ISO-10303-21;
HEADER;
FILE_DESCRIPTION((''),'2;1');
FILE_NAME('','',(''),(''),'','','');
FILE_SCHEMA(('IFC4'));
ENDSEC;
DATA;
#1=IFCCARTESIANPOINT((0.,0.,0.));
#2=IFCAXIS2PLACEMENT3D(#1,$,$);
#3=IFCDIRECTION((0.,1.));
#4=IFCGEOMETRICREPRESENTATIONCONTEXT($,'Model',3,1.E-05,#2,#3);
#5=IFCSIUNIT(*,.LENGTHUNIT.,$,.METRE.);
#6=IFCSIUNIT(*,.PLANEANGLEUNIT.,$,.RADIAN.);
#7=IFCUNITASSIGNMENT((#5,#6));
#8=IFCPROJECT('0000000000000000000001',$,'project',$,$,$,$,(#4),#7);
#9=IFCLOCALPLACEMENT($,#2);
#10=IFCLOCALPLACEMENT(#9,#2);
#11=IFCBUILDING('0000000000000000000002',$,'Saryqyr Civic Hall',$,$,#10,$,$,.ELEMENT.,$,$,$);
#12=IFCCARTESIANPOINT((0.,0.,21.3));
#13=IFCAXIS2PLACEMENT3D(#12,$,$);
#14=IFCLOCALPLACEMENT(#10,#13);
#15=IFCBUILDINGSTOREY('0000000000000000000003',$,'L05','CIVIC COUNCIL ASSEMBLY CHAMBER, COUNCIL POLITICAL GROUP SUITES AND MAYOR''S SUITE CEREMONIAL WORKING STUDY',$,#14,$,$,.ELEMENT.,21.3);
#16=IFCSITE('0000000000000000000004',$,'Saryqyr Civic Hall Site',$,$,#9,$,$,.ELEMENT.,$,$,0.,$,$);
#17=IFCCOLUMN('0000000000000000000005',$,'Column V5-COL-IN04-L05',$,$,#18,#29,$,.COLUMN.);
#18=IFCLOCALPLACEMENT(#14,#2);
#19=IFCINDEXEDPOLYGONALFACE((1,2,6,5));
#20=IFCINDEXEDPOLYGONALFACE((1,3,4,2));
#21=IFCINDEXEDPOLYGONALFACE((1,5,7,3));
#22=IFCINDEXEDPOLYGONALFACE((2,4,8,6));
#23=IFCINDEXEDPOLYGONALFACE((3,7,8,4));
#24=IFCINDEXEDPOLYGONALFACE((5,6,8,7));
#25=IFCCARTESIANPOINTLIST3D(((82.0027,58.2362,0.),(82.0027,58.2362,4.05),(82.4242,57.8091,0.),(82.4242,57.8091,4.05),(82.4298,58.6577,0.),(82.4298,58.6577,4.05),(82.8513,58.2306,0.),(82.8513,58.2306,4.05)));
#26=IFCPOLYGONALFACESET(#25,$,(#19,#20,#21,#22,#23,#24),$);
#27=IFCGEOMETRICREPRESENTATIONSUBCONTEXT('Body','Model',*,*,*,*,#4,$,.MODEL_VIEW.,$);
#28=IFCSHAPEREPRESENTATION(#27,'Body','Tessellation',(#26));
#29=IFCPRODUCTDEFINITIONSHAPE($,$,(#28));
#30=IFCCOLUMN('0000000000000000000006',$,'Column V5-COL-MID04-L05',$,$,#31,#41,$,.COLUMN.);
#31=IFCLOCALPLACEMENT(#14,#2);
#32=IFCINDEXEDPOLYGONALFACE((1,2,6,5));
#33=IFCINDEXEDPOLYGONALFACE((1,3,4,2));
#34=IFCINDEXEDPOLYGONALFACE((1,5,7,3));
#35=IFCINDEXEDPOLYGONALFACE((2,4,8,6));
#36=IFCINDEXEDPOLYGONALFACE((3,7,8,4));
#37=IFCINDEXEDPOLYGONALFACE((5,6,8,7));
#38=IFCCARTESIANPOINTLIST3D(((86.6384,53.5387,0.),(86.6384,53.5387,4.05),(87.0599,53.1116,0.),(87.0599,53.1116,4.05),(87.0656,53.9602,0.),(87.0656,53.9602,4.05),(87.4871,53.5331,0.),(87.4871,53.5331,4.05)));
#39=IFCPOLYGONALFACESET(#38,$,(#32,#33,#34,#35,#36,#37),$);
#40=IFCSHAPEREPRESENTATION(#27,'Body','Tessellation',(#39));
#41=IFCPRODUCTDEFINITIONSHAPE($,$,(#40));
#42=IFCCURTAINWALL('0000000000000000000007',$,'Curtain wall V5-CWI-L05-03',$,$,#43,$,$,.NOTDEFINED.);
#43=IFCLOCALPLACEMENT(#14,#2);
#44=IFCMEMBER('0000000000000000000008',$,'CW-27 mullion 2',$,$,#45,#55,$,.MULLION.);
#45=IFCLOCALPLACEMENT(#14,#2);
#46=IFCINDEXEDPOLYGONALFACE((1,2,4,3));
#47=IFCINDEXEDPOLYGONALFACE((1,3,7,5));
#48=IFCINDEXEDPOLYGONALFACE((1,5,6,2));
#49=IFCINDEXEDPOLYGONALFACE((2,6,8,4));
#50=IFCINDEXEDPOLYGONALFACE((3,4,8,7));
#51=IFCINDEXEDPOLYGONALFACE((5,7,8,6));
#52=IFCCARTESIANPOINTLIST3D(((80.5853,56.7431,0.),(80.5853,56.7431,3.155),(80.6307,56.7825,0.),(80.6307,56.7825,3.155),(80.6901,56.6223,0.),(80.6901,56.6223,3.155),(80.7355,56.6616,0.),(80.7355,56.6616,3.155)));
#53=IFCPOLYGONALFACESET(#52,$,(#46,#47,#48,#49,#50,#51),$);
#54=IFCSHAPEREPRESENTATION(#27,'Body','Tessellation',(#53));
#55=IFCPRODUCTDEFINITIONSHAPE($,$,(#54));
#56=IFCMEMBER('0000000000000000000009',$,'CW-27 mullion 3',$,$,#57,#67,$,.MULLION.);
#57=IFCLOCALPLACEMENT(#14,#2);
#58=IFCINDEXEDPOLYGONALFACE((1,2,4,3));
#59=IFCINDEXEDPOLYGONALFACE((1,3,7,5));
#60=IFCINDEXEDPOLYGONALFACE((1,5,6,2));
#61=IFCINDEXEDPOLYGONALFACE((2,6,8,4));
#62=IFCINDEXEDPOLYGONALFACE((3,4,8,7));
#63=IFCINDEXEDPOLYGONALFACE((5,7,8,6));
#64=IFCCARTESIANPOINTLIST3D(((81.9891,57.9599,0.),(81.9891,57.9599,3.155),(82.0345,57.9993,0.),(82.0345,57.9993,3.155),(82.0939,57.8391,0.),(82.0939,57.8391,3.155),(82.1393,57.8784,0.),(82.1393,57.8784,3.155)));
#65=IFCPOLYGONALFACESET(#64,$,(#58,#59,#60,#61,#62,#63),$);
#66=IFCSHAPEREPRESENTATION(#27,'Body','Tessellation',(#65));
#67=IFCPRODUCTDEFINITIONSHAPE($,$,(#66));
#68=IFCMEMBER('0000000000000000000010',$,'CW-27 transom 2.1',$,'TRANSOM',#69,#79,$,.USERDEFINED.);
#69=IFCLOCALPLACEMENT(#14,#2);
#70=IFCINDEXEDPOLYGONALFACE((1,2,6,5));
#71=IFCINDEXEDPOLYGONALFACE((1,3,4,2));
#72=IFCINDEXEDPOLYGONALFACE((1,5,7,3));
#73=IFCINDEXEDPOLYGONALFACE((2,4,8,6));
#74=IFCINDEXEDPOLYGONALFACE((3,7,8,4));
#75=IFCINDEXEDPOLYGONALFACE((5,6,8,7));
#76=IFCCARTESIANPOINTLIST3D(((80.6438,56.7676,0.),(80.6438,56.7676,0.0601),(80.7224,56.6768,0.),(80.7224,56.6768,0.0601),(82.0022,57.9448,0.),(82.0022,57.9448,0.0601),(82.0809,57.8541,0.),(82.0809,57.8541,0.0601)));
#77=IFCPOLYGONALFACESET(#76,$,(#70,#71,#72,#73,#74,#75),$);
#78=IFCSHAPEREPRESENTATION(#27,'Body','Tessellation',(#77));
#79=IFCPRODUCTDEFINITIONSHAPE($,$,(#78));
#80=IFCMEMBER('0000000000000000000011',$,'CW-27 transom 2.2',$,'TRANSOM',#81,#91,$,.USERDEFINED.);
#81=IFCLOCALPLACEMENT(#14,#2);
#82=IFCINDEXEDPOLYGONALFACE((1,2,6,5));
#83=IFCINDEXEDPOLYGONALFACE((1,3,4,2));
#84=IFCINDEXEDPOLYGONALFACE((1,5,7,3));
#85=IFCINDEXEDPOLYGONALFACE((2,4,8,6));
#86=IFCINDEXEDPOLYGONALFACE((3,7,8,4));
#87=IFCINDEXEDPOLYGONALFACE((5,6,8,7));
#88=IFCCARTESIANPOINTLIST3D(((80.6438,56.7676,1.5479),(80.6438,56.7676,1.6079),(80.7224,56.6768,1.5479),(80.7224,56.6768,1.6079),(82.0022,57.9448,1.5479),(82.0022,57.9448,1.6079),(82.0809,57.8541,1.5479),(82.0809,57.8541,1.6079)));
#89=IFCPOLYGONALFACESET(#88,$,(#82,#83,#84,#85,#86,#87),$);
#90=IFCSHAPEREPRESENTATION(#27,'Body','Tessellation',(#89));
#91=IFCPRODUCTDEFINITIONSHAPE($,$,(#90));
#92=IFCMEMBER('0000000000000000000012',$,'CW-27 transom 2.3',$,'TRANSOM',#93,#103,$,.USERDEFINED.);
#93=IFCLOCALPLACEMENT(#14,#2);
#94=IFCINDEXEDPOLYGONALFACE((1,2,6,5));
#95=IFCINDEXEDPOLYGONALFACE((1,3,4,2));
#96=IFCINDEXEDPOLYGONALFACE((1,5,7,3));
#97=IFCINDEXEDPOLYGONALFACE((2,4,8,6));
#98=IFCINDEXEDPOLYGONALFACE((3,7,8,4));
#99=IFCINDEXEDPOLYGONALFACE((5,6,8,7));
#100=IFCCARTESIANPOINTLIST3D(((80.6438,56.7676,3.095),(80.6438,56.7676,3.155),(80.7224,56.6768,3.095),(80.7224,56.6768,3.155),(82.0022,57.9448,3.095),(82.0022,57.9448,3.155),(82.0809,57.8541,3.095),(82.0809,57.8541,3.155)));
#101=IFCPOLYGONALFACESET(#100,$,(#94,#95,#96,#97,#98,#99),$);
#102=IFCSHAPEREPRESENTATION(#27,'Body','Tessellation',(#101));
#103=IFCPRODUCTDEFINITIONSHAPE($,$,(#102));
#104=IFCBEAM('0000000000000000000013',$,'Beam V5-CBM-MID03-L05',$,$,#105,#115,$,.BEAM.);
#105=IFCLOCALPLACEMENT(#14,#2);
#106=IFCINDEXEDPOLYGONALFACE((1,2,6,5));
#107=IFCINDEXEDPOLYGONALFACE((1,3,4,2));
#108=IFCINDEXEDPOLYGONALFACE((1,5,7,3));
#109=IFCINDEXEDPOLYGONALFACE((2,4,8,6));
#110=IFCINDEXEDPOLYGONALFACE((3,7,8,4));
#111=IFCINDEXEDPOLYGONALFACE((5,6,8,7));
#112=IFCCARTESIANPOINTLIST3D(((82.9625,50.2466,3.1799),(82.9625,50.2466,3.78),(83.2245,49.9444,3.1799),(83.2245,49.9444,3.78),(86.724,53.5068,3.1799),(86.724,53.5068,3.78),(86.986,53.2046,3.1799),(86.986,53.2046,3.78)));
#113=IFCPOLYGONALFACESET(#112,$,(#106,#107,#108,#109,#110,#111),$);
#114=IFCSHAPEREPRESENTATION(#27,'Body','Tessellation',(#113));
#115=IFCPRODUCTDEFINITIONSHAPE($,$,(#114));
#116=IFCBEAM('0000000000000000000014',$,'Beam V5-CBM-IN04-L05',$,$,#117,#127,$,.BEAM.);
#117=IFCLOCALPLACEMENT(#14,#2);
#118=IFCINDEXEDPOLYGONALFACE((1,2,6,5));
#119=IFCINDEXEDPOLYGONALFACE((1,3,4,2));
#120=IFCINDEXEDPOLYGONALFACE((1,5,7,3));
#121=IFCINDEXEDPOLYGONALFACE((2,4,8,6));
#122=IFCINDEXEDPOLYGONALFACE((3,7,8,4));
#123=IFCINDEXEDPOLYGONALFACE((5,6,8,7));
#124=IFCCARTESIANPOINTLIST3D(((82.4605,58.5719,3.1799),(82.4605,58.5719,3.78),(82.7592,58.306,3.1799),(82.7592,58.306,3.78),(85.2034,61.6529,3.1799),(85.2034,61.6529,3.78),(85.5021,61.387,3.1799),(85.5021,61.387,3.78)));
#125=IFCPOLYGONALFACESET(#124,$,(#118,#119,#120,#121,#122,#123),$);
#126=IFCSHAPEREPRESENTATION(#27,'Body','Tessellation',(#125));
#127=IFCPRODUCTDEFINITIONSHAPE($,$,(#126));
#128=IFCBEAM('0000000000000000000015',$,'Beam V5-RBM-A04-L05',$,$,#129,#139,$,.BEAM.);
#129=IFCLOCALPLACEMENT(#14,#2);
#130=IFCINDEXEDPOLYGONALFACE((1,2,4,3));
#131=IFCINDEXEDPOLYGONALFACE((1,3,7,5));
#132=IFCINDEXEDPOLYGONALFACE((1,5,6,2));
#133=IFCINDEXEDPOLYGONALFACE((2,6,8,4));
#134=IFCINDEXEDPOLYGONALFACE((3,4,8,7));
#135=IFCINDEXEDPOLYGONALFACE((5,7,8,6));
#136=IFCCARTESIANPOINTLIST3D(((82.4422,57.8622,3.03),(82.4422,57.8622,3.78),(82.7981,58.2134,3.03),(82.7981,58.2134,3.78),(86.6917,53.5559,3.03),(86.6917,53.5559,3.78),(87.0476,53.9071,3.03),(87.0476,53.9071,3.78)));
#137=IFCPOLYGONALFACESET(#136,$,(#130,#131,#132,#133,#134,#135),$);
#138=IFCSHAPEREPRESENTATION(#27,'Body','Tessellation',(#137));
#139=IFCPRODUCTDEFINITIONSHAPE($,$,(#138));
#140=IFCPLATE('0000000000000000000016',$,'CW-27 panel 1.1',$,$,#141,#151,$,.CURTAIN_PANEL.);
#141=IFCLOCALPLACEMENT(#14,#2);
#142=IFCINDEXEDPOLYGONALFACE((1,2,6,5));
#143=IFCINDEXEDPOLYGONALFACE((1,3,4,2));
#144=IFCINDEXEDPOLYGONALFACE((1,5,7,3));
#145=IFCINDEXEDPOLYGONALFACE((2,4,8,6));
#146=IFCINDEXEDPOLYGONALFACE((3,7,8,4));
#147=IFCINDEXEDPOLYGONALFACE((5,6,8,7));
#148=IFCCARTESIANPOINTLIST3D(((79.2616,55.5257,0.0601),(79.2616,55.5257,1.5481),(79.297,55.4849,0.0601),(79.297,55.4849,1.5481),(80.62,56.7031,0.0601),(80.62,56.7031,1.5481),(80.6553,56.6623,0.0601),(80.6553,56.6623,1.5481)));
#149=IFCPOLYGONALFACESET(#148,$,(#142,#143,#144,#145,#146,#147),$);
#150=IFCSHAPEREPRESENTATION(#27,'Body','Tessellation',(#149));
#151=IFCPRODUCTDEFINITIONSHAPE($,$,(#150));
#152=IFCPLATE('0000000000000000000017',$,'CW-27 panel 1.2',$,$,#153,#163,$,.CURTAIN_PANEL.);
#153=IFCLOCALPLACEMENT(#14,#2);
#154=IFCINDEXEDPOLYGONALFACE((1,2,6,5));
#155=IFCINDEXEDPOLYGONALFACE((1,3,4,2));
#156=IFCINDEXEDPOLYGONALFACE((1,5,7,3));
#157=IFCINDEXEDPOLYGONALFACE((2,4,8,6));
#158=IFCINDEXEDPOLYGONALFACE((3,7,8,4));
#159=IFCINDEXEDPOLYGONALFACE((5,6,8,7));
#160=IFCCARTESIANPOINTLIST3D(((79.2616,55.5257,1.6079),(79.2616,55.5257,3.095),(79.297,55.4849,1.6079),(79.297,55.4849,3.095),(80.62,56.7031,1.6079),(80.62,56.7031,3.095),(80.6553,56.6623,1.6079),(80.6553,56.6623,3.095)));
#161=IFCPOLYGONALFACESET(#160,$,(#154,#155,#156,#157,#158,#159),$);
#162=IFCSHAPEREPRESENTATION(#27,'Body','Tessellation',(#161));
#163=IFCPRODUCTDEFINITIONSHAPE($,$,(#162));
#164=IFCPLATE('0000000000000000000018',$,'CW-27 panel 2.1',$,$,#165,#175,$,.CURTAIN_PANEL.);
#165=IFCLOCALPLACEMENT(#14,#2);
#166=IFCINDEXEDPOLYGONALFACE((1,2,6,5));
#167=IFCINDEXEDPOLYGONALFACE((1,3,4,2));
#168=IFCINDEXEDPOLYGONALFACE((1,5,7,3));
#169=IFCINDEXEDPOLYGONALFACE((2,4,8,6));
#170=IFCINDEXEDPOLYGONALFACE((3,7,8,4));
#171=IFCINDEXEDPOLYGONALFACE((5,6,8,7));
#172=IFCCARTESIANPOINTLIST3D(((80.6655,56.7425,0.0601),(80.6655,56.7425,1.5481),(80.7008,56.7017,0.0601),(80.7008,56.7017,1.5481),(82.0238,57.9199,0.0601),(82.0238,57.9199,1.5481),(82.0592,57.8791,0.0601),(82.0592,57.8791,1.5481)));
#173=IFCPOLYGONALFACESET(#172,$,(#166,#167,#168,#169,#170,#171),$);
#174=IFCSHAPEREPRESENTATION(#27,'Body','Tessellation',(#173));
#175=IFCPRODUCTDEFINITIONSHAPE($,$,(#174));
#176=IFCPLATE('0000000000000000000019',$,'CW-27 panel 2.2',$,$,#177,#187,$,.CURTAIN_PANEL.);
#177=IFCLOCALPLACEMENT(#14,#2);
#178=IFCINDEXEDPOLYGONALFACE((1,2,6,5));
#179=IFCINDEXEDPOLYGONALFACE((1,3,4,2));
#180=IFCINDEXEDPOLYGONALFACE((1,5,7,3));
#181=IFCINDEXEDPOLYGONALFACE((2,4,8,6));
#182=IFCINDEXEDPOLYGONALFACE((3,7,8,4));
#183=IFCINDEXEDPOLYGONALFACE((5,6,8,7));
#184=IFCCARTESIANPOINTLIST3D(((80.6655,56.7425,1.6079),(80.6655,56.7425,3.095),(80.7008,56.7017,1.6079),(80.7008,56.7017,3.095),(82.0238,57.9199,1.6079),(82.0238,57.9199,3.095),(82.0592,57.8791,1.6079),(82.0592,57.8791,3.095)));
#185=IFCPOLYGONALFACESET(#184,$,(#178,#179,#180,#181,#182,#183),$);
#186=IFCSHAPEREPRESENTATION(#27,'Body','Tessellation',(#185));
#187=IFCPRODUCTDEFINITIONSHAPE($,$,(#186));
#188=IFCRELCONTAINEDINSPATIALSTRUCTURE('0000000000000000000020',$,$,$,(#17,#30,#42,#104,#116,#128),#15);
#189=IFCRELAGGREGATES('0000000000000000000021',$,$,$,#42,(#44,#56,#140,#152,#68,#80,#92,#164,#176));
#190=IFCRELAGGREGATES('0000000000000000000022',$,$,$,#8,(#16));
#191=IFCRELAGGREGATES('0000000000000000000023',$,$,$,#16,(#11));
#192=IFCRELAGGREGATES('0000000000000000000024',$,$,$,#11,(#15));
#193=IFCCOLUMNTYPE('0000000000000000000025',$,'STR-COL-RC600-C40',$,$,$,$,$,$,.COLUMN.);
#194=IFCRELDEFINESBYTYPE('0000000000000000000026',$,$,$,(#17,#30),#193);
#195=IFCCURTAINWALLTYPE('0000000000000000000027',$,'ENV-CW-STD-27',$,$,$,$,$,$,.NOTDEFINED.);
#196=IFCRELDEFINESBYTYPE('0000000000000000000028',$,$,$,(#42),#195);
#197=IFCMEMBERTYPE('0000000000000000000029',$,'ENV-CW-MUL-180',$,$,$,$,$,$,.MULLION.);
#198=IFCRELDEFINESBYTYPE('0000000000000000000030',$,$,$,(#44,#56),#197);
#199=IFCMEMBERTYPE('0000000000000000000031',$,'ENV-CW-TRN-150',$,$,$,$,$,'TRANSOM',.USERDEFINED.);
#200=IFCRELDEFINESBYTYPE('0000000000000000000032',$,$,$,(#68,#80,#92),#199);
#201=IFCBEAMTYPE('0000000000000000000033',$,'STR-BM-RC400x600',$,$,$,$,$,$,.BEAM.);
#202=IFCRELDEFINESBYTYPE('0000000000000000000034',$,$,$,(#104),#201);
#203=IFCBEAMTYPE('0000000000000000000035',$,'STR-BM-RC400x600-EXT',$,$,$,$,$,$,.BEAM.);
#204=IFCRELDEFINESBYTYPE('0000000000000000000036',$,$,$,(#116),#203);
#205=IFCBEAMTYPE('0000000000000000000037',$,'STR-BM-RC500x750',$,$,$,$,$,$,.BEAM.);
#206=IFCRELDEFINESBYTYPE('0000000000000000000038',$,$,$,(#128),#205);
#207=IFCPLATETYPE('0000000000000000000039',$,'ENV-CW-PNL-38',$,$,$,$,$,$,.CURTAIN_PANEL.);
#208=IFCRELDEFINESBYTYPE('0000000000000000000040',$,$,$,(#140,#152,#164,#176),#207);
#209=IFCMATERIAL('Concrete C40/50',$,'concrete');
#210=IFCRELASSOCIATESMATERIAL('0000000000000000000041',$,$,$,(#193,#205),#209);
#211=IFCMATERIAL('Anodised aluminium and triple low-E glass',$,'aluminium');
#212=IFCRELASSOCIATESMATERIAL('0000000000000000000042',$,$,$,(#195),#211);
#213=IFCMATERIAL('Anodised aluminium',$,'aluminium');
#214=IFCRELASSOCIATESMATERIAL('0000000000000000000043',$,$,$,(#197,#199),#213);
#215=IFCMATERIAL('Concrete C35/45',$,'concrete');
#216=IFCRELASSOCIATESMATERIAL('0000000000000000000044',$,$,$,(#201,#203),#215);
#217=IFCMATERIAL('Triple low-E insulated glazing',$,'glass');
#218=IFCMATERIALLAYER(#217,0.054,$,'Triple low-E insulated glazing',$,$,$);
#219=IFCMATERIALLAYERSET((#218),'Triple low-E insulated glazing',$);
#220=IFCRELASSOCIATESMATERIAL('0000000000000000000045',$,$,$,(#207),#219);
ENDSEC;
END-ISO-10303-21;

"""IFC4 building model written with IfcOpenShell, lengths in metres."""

from ifc_helpers import new_model, si_unit, direction, frame, origin, origin_2d, place, context, subcontext, project, spatial, rectangle, extrude, material, layer, layer_set, material_profile, profile_set, type_object, element, aggregate, save


model = new_model("IFC4")

# Units and contexts
model_context = context("Model", 3, precision=1e-05, world=origin(), true_north=direction((0.0, 1.0)))
body_context = subcontext(model_context, "Body", "Model", "MODEL_VIEW")
ifc_project = project(units=[si_unit("LENGTHUNIT", "METRE"), si_unit("PLANEANGLEUNIT", "RADIAN")], contexts=[model_context])

# Site, building, storey
site_placement = place(None, origin())
site = spatial("IfcSite", under=ifc_project, at=site_placement, Name="Saryqyr Civic Hall Site", CompositionType="ELEMENT", RefElevation=0.0)
building_placement = place(site_placement, origin())
building = spatial("IfcBuilding", under=site, at=building_placement, Name="Saryqyr Civic Hall", CompositionType="ELEMENT")
storey_placement = place(building_placement, frame((0.0, 0.0, 21.3)))
storey = spatial("IfcBuildingStorey", under=building, at=storey_placement, Name="L05", Description="CIVIC COUNCIL ASSEMBLY CHAMBER, COUNCIL POLITICAL GROUP SUITES AND MAYOR'S SUITE CEREMONIAL WORKING STUDY", CompositionType="ELEMENT", Elevation=21.3)

# Columns
ifc_material_1 = material(Name="Concrete C40/50", Category="concrete")
ifc_material_profile_1 = material_profile(ifc_material_1, rectangle(XDim=0.6001, YDim=0.6001, at=origin_2d()), Name="RC 600x600")
ifc_profile_set_1 = profile_set([ifc_material_profile_1], Name="Concrete C40/50")
column_type = type_object("IfcColumnType", Name="STR-COL-RC600-C40", PredefinedType="COLUMN", material=ifc_profile_set_1)
for number, where, z_axis, x_axis, name in (
    (1, (82.427, 58.2334, 0.0), (0.0, 0.0, 1.0), (0.702402, -0.711781, 0.0), "Column V5-COL-IN04-L05"),
    (2, (87.0627, 53.5359, 0.0), (0.0, 0.0, 1.0), (0.702402, -0.711781, 0.0), "Column V5-COL-MID04-L05"),
):
    element("IfcColumn", number, at=place(storey_placement, frame(where, z_axis=z_axis, x_axis=x_axis)), inside=storey, type_object=column_type, Name=name, PredefinedType="COLUMN", context=body_context, shape_type="SweptSolid", body=[
        extrude(rectangle(XDim=0.6001, YDim=0.6001, at=origin_2d()), origin(), (0.0, 0.0, 1.0), 4.05),
    ])

# Curtain wall, members
ifc_material_2 = material(Name="Anodised aluminium and triple low-E glass", Category="aluminium")
curtain_wall_type = type_object("IfcCurtainWallType", Name="ENV-CW-STD-27", PredefinedType="NOTDEFINED", material=ifc_material_2)
curtain_wall_placement = place(storey_placement, origin())
curtain_wall = element("IfcCurtainWall", 3, at=curtain_wall_placement, inside=storey, type_object=curtain_wall_type, Name="Curtain wall V5-CWI-L05-03", PredefinedType="NOTDEFINED")
ifc_material_3 = material(Name="Anodised aluminium", Category="aluminium")
ifc_material_profile_2 = material_profile(ifc_material_3, rectangle(XDim=0.0601, YDim=0.1599, at=origin_2d()), Name="ALU MULLION 60x160")
ifc_profile_set_2 = profile_set([ifc_material_profile_2], Name="Anodised aluminium")
member_type_1 = type_object("IfcMemberType", Name="ENV-CW-MUL-180", PredefinedType="MULLION", material=ifc_profile_set_2)
member_1_placement = place(storey_placement, frame((80.6604, 56.7024, 0.0), z_axis=(0.0, 0.0, 1.0), x_axis=(0.755652, 0.654974, 0.0)))
member_1 = element("IfcMember", 4, at=member_1_placement, type_object=member_type_1, Name="CW-27 mullion 2", PredefinedType="MULLION", context=body_context, shape_type="SweptSolid", body=[
    extrude(rectangle(XDim=0.0601, YDim=0.1599, at=origin_2d()), origin(), (0.0, 0.0, 1.0), 3.155),
])
member_2_placement = place(storey_placement, frame((82.0642, 57.9192, 0.0), z_axis=(0.0, 0.0, 1.0), x_axis=(0.755652, 0.654974, 0.0)))
member_2 = element("IfcMember", 5, at=member_2_placement, type_object=member_type_1, Name="CW-27 mullion 3", PredefinedType="MULLION", context=body_context, shape_type="SweptSolid", body=[
    extrude(rectangle(XDim=0.0601, YDim=0.1599, at=origin_2d()), origin(), (0.0, 0.0, 1.0), 3.155),
])
ifc_material_profile_3 = material_profile(ifc_material_3, rectangle(XDim=0.1201, YDim=0.0601, at=origin_2d()), Name="ALU TRANSOM 120x60")
ifc_profile_set_3 = profile_set([ifc_material_profile_3], Name="Anodised aluminium")
member_type_2 = type_object("IfcMemberType", Name="ENV-CW-TRN-150", ElementType="TRANSOM", PredefinedType="USERDEFINED", material=ifc_profile_set_3)
member_3_placement = place(storey_placement, frame((80.6831, 56.7222, 0.03), z_axis=(0.755698, 0.65492, 0.0), x_axis=(-0.65492, 0.755698, 0.0)))
member_3 = element("IfcMember", 6, at=member_3_placement, type_object=member_type_2, Name="CW-27 transom 2.1", ObjectType="TRANSOM", PredefinedType="USERDEFINED", context=body_context, shape_type="SweptSolid", body=[
    extrude(rectangle(XDim=0.1201, YDim=0.0601, at=origin_2d()), origin(), (0.0, 0.0, 1.0), 1.7976),
])
member_4_placement = place(storey_placement, frame((80.6831, 56.7222, 1.5779), z_axis=(0.755698, 0.65492, 0.0), x_axis=(-0.65492, 0.755698, 0.0)))
member_4 = element("IfcMember", 7, at=member_4_placement, type_object=member_type_2, Name="CW-27 transom 2.2", ObjectType="TRANSOM", PredefinedType="USERDEFINED", context=body_context, shape_type="SweptSolid", body=[
    extrude(rectangle(XDim=0.1201, YDim=0.0601, at=origin_2d()), origin(), (0.0, 0.0, 1.0), 1.7976),
])
member_5_placement = place(storey_placement, frame((80.6831, 56.7222, 3.125), z_axis=(0.755698, 0.65492, 0.0), x_axis=(-0.65492, 0.755698, 0.0)))
member_5 = element("IfcMember", 8, at=member_5_placement, type_object=member_type_2, Name="CW-27 transom 2.3", ObjectType="TRANSOM", PredefinedType="USERDEFINED", context=body_context, shape_type="SweptSolid", body=[
    extrude(rectangle(XDim=0.1201, YDim=0.0601, at=origin_2d()), origin(), (0.0, 0.0, 1.0), 1.7976),
])

# Beams
ifc_material_4 = material(Name="Concrete C35/45", Category="concrete")
ifc_material_profile_4 = material_profile(ifc_material_4, rectangle(XDim=0.3999, YDim=0.6001, at=origin_2d()), Name="RC 400x600")
ifc_profile_set_4 = profile_set([ifc_material_profile_4], Name="Concrete C35/45")
beam_type_1 = type_object("IfcBeamType", Name="STR-BM-RC400x600", PredefinedType="BEAM", material=ifc_profile_set_4)
beam_1_placement = place(storey_placement, frame((83.0935, 50.0955, 3.48), z_axis=(0.755658, 0.654966, 0.0), x_axis=(-0.654966, 0.755658, 0.0)))
element("IfcBeam", 9, at=beam_1_placement, inside=storey, type_object=beam_type_1, Name="Beam V5-CBM-MID03-L05", PredefinedType="BEAM", context=body_context, shape_type="SweptSolid", body=[
    extrude(rectangle(XDim=0.3999, YDim=0.6001, at=origin_2d()), origin(), (0.0, 0.0, 1.0), 4.9778),
])
ifc_material_profile_5 = material_profile(ifc_material_4, rectangle(XDim=0.3999, YDim=0.6001, at=origin_2d()), Name="RC 400x600")
ifc_profile_set_5 = profile_set([ifc_material_profile_5], Name="Concrete C35/45")
beam_type_2 = type_object("IfcBeamType", Name="STR-BM-RC400x600-EXT", PredefinedType="BEAM", material=ifc_profile_set_5)
beam_2_placement = place(storey_placement, frame((82.6099, 58.439, 3.48), z_axis=(0.664933, 0.746903, 0.0), x_axis=(-0.746903, 0.664933, 0.0)))
element("IfcBeam", 10, at=beam_2_placement, inside=storey, type_object=beam_type_2, Name="Beam V5-CBM-IN04-L05", PredefinedType="BEAM", context=body_context, shape_type="SweptSolid", body=[
    extrude(rectangle(XDim=0.3999, YDim=0.6001, at=origin_2d()), origin(), (0.0, 0.0, 1.0), 4.125),
])
ifc_material_profile_6 = material_profile(ifc_material_1, rectangle(XDim=0.5, YDim=0.75, at=origin_2d()), Name="RC 500x750")
ifc_profile_set_6 = profile_set([ifc_material_profile_6], Name="Concrete C40/50")
beam_type_3 = type_object("IfcBeamType", Name="STR-BM-RC500x750", PredefinedType="BEAM", material=ifc_profile_set_6)
beam_3_placement = place(storey_placement, frame((82.6201, 58.0378, 3.405), z_axis=(0.70239, -0.711792, 0.0), x_axis=(0.711792, 0.70239, 0.0)))
element("IfcBeam", 11, at=beam_3_placement, inside=storey, type_object=beam_type_3, Name="Beam V5-RBM-A04-L05", PredefinedType="BEAM", context=body_context, shape_type="SweptSolid", body=[
    extrude(rectangle(XDim=0.5, YDim=0.75, at=origin_2d()), origin(), (0.0, 0.0, 1.0), 6.05),
])

# Plates
ifc_material_5 = material(Name="Triple low-E insulated glazing", Category="glass")
ifc_layer_1 = layer(ifc_material_5, 0.054, Name="Triple low-E insulated glazing")
ifc_layer_set_1 = layer_set([ifc_layer_1], Name="Triple low-E insulated glazing")
plate_type = type_object("IfcPlateType", Name="ENV-CW-PNL-38", PredefinedType="CURTAIN_PANEL", material=ifc_layer_set_1)
plate_1_placement = place(storey_placement, frame((79.9585, 56.094, 0.0601), z_axis=(0.0, 0.0, 1.0), x_axis=(0.755652, 0.654974, 0.0)))
plate_1 = element("IfcPlate", 12, at=plate_1_placement, type_object=plate_type, Name="CW-27 panel 1.1", PredefinedType="CURTAIN_PANEL", context=body_context, shape_type="SweptSolid", body=[
    extrude(rectangle(XDim=1.7976, YDim=0.054, at=origin_2d()), origin(), (0.0, 0.0, 1.0), 1.488),
])
plate_2_placement = place(storey_placement, frame((79.9585, 56.094, 1.6079), z_axis=(0.0, 0.0, 1.0), x_axis=(0.755652, 0.654974, 0.0)))
plate_2 = element("IfcPlate", 13, at=plate_2_placement, type_object=plate_type, Name="CW-27 panel 1.2", PredefinedType="CURTAIN_PANEL", context=body_context, shape_type="SweptSolid", body=[
    extrude(rectangle(XDim=1.7976, YDim=0.054, at=origin_2d()), origin(), (0.0, 0.0, 1.0), 1.4871),
])
plate_3_placement = place(storey_placement, frame((81.3623, 57.3108, 0.0601), z_axis=(0.0, 0.0, 1.0), x_axis=(0.755652, 0.654974, 0.0)))
plate_3 = element("IfcPlate", 14, at=plate_3_placement, type_object=plate_type, Name="CW-27 panel 2.1", PredefinedType="CURTAIN_PANEL", context=body_context, shape_type="SweptSolid", body=[
    extrude(rectangle(XDim=1.7976, YDim=0.054, at=origin_2d()), origin(), (0.0, 0.0, 1.0), 1.488),
])
plate_4_placement = place(storey_placement, frame((81.3623, 57.3108, 1.6079), z_axis=(0.0, 0.0, 1.0), x_axis=(0.755652, 0.654974, 0.0)))
plate_4 = element("IfcPlate", 15, at=plate_4_placement, type_object=plate_type, Name="CW-27 panel 2.2", PredefinedType="CURTAIN_PANEL", context=body_context, shape_type="SweptSolid", body=[
    extrude(rectangle(XDim=1.7976, YDim=0.054, at=origin_2d()), origin(), (0.0, 0.0, 1.0), 1.4871),
])
aggregate(curtain_wall, [member_1, member_2, plate_1, plate_2, member_3, member_4, member_5, plate_3, plate_4])

save(model, "model.ifc")
